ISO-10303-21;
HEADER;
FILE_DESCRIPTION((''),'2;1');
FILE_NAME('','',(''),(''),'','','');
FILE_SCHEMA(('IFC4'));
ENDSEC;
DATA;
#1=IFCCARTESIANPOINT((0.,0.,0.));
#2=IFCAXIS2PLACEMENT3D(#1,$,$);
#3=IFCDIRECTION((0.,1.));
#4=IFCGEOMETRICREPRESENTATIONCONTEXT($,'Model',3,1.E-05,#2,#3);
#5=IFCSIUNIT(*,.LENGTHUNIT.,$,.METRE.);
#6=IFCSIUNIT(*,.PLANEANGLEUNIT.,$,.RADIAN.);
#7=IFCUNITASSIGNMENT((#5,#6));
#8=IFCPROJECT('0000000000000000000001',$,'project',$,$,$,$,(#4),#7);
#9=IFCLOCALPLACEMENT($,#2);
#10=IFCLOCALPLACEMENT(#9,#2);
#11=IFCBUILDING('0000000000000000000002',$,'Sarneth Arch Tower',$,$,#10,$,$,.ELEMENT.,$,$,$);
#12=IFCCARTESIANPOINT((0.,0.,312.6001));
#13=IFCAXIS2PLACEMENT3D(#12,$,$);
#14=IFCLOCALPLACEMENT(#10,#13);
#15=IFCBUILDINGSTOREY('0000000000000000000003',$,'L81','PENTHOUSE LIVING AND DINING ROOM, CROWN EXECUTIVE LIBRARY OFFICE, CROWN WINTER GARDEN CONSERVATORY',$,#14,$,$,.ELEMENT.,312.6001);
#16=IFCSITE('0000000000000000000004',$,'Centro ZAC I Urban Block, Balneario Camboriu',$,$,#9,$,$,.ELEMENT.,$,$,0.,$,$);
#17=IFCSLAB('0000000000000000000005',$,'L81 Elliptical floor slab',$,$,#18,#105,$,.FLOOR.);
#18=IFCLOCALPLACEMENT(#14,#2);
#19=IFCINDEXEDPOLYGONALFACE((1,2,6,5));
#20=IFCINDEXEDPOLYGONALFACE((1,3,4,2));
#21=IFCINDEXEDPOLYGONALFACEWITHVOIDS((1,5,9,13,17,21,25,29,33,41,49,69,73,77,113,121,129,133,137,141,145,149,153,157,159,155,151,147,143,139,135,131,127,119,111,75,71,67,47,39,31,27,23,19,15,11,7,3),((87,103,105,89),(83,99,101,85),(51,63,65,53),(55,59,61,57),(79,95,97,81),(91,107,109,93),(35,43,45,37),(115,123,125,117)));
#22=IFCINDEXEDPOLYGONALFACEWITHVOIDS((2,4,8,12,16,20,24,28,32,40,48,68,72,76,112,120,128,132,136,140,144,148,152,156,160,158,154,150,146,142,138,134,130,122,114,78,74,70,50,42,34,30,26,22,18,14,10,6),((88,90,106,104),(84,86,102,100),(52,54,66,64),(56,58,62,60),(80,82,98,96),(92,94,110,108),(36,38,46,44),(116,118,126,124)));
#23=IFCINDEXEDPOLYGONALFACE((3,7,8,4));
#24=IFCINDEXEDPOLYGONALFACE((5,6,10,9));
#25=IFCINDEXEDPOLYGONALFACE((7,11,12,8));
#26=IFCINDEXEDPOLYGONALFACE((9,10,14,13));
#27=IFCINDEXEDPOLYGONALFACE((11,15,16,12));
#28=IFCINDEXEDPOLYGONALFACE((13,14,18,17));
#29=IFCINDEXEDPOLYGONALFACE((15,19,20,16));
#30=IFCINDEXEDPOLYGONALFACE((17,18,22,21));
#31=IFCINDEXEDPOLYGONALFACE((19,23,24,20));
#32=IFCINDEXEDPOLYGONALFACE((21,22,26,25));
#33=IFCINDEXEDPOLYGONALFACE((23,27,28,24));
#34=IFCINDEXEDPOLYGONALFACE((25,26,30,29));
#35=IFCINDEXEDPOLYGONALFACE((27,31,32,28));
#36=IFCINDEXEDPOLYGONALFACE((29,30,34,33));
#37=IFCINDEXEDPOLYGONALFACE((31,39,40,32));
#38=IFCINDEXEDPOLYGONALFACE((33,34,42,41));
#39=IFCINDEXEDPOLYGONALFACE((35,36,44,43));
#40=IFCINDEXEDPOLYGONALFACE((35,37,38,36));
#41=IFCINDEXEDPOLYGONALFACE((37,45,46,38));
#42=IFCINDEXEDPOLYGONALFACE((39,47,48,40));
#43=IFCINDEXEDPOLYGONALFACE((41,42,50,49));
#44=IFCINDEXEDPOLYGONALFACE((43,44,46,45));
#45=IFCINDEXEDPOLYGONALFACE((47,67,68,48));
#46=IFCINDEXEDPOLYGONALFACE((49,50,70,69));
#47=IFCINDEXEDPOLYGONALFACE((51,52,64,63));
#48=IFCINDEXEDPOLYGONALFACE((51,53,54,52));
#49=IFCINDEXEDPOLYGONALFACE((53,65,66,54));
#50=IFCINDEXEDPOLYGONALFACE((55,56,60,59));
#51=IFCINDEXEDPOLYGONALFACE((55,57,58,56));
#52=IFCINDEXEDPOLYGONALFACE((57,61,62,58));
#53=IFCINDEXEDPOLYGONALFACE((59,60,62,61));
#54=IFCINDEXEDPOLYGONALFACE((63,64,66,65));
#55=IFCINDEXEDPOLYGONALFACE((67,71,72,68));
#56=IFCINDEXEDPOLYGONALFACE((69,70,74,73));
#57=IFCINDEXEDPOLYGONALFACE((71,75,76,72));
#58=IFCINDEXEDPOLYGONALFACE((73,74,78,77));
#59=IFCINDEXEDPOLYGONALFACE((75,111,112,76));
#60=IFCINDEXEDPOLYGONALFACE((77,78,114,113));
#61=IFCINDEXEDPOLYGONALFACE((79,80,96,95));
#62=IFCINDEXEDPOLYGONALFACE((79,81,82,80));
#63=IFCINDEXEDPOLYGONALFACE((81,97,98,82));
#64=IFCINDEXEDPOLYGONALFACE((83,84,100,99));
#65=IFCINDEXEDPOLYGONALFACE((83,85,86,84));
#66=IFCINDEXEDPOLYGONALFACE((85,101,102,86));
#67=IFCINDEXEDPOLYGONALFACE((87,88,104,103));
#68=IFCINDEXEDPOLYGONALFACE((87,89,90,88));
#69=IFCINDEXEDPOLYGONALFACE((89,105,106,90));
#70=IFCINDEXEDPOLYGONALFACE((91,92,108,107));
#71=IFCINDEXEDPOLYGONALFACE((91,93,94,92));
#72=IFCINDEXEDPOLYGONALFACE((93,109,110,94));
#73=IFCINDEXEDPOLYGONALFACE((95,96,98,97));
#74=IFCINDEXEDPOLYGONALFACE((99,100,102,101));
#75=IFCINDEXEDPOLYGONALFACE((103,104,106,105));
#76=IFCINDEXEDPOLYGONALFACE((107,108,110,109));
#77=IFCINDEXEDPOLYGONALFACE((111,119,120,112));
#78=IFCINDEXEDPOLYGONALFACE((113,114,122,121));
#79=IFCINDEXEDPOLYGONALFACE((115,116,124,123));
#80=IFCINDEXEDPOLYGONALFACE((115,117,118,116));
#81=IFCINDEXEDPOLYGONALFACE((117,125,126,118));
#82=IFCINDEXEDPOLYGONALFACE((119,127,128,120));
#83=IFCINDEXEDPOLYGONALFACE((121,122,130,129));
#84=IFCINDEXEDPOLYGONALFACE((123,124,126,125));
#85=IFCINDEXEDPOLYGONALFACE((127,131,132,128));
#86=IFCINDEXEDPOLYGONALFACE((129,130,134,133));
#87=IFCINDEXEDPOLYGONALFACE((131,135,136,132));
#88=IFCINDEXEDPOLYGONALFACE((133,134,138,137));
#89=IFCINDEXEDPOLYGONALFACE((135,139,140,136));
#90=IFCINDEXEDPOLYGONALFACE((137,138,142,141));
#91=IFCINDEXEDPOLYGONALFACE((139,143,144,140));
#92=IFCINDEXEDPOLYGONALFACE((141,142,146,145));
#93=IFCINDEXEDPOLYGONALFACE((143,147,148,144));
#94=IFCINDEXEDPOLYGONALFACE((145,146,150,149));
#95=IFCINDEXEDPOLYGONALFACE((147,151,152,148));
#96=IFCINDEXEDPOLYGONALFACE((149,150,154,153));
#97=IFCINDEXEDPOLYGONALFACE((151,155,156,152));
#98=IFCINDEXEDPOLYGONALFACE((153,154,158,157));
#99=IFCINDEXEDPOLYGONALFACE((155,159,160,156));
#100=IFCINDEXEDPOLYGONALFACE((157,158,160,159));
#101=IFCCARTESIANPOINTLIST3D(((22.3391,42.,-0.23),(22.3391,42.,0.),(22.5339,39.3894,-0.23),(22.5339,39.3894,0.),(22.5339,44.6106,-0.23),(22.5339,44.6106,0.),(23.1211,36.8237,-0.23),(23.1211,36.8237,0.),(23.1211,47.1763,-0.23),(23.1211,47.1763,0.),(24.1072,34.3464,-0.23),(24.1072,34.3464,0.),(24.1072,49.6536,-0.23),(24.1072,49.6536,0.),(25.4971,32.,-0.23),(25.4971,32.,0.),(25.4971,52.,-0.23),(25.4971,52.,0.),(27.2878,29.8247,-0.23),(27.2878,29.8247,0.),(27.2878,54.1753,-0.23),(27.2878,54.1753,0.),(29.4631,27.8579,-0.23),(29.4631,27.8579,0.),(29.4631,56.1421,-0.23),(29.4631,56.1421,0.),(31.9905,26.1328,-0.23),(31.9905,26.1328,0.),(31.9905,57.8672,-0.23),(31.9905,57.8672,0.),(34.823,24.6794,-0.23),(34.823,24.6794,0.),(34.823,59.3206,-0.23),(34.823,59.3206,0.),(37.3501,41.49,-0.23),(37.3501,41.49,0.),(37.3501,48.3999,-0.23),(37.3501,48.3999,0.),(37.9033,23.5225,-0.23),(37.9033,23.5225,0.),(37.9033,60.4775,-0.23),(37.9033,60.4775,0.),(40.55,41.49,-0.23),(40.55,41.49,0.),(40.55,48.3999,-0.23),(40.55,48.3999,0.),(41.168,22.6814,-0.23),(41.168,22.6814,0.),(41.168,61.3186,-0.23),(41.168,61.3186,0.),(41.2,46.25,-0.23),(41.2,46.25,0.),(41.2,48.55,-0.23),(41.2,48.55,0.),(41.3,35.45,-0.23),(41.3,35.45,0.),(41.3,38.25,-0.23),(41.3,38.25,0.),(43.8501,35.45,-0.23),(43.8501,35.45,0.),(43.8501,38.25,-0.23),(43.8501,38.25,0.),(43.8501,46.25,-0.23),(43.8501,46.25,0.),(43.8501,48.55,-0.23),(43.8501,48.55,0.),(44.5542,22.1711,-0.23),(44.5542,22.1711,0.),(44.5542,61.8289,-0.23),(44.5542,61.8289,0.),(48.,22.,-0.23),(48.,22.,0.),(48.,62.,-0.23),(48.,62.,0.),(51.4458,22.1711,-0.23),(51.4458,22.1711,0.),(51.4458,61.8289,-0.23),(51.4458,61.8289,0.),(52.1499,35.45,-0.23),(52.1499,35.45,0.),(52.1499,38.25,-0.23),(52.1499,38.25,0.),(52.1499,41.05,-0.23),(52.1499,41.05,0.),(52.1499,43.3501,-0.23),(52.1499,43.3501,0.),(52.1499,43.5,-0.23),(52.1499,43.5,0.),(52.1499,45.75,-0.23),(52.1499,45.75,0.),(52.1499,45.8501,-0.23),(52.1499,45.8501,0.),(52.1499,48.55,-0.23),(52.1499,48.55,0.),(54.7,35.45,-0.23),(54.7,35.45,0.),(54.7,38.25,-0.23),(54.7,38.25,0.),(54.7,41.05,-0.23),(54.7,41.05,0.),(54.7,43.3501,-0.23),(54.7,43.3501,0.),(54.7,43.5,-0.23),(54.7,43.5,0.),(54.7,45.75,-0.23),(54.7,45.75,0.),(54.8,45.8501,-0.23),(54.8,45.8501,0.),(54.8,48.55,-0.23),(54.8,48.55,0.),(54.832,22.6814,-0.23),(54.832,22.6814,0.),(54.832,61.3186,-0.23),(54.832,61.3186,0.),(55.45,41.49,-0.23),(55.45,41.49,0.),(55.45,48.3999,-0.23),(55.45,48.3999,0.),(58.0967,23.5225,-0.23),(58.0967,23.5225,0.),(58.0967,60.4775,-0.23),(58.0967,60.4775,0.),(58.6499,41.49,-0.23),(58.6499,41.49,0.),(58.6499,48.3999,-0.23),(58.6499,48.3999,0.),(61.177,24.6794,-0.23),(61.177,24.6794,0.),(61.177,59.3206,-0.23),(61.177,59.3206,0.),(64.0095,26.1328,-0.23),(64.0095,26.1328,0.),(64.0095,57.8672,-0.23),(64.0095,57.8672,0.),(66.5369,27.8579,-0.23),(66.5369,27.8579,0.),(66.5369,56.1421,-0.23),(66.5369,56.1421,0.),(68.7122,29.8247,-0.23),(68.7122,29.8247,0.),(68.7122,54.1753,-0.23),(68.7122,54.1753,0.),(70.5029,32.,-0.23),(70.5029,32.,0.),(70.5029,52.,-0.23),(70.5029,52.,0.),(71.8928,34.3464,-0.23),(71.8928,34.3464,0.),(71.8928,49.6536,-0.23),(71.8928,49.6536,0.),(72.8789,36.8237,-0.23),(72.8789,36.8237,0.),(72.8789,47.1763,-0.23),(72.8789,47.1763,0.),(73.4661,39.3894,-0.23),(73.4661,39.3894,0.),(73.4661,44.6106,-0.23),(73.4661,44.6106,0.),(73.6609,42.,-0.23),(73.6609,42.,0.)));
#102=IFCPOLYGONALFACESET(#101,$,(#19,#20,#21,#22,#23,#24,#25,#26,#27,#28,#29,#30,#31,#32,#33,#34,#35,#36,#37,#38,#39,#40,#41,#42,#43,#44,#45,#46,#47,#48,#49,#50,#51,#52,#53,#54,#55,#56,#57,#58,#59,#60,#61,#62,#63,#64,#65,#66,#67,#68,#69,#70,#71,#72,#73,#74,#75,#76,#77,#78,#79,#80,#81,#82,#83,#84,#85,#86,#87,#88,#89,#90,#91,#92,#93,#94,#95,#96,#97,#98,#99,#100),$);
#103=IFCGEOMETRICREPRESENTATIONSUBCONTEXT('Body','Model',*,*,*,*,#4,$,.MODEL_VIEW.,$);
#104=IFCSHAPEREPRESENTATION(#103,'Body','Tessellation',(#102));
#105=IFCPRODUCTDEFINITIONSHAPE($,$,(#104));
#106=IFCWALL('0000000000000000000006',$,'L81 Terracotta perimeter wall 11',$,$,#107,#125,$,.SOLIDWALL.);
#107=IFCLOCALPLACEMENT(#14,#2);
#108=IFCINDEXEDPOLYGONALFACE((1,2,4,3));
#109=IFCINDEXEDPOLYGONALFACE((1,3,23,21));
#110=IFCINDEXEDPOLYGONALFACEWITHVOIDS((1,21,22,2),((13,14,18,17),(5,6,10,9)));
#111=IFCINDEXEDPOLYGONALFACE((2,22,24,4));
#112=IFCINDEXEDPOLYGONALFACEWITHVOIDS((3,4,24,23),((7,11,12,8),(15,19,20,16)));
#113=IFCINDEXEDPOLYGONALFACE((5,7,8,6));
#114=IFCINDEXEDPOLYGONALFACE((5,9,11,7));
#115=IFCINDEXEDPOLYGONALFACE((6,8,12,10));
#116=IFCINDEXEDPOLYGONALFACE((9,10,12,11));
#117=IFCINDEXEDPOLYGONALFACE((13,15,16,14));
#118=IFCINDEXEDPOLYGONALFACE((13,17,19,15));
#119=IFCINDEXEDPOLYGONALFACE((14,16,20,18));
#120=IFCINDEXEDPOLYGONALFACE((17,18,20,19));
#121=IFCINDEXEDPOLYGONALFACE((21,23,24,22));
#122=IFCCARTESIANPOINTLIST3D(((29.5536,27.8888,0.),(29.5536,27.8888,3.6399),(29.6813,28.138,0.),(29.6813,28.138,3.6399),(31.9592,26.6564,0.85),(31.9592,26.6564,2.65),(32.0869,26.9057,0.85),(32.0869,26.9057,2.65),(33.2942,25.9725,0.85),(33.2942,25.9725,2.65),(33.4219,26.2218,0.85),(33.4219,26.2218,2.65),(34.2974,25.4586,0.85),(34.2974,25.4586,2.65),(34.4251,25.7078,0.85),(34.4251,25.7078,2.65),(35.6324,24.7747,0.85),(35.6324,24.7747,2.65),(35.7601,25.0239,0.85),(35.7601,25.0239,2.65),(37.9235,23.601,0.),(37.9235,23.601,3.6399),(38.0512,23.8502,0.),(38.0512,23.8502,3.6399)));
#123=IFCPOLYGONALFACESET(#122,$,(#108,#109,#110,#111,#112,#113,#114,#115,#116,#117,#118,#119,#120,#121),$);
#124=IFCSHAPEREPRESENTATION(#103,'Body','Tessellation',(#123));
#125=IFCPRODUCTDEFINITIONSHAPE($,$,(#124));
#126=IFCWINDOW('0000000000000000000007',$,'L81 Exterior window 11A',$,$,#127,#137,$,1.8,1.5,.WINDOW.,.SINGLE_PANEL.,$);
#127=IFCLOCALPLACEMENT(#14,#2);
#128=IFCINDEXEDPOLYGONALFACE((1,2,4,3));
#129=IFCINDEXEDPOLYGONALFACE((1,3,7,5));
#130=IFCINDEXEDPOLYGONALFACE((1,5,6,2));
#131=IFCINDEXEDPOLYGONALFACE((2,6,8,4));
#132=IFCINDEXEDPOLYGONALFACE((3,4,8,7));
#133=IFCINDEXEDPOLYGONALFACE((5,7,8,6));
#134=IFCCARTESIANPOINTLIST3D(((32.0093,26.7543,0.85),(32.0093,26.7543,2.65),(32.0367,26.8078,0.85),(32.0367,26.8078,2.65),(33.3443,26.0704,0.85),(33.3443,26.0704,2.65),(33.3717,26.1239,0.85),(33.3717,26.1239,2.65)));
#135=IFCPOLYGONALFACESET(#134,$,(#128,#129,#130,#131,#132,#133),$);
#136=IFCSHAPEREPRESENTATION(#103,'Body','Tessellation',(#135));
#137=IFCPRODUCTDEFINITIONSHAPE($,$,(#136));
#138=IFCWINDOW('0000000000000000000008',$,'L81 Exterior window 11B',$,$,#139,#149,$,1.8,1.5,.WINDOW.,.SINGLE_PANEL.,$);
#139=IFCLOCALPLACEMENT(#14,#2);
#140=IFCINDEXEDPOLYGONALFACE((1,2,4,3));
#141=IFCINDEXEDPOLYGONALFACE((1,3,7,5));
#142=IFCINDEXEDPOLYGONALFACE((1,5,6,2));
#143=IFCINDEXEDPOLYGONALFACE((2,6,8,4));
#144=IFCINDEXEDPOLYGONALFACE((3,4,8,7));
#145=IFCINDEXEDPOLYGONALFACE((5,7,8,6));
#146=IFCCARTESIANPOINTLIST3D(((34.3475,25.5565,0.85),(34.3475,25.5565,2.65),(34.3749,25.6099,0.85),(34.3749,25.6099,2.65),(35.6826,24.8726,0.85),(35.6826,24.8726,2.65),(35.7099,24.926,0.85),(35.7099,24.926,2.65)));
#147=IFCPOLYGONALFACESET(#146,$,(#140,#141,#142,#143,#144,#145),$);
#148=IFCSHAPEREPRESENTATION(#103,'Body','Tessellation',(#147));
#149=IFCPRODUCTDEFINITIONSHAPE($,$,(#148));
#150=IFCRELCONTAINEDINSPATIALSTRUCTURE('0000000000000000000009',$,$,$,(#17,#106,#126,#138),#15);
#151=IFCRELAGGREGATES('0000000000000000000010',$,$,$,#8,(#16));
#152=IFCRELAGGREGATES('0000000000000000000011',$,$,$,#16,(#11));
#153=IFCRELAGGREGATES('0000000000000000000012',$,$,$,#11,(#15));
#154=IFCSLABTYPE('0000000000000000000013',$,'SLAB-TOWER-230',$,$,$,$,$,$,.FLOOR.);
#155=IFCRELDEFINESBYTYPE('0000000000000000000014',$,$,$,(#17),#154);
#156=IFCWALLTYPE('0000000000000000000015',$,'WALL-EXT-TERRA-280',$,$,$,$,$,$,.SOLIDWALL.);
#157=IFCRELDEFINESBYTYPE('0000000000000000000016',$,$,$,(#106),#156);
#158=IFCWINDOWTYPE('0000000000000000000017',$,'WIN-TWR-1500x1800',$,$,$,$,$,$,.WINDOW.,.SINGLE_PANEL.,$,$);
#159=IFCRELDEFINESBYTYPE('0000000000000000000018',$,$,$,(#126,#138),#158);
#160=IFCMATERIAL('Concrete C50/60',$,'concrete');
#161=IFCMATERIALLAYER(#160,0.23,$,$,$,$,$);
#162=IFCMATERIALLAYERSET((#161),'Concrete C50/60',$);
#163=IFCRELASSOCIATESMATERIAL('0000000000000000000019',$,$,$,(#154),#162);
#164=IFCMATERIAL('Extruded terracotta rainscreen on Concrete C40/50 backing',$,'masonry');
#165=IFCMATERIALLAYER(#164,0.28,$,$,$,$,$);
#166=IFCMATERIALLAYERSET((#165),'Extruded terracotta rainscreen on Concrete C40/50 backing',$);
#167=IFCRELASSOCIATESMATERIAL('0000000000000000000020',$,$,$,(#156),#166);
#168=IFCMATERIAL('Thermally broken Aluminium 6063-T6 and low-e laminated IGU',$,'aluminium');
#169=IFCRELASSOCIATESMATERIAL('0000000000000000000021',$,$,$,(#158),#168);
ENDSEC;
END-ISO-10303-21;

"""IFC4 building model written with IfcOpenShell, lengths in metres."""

from ifc_helpers import new_model, si_unit, direction, frame, frame_2d, origin, place, context, subcontext, project, spatial, polyline, rectangle, outline, extrude, material, layer, layer_set, type_object, element, fill, save


model = new_model("IFC4")

# Units and contexts
model_context = context("Model", 3, precision=1e-05, world=origin(), true_north=direction((0.0, 1.0)))
body_context = subcontext(model_context, "Body", "Model", "MODEL_VIEW")
ifc_project = project(units=[si_unit("LENGTHUNIT", "METRE"), si_unit("PLANEANGLEUNIT", "RADIAN")], contexts=[model_context])

# Site, building, storey
site_placement = place(None, origin())
site = spatial("IfcSite", under=ifc_project, at=site_placement, Name="Centro ZAC I Urban Block, Balneario Camboriu", CompositionType="ELEMENT", RefElevation=0.0)
building_placement = place(site_placement, origin())
building = spatial("IfcBuilding", under=site, at=building_placement, Name="Sarneth Arch Tower", CompositionType="ELEMENT")
storey_placement = place(building_placement, frame((0.0, 0.0, 312.6001)))
storey = spatial("IfcBuildingStorey", under=building, at=storey_placement, Name="L81", Description="PENTHOUSE LIVING AND DINING ROOM, CROWN EXECUTIVE LIBRARY OFFICE, CROWN WINTER GARDEN CONSERVATORY", CompositionType="ELEMENT", Elevation=312.6001)

# Slab
ifc_material_1 = material(Name="Concrete C50/60", Category="concrete")
ifc_layer_1 = layer(ifc_material_1, 0.23)
ifc_layer_set_1 = layer_set([ifc_layer_1], Name="Concrete C50/60")
slab_type_1 = type_object("IfcSlabType", Name="SLAB-TOWER-230", PredefinedType="FLOOR", material=ifc_layer_set_1)
slab_1_placement = place(storey_placement, frame((0.0, 0.0, -0.23)))
element("IfcSlab", 1, at=slab_1_placement, inside=storey, type_object=slab_type_1, Name="L81 Elliptical floor slab", PredefinedType="FLOOR", context=body_context, shape_type="SweptSolid", body=[
    extrude(outline(polyline([(73.6609, 42.0), (73.4661, 44.6106), (72.8789, 47.1763), (71.8928, 49.6536), (70.5029, 52.0), (68.7122, 54.1753), (66.5369, 56.1421), (64.0095, 57.8672), (61.177, 59.3206), (58.0967, 60.4775), (54.832, 61.3186), (51.4458, 61.8289), (48.0, 62.0), (44.5542, 61.8289), (41.168, 61.3186), (37.9033, 60.4775), (34.823, 59.3206), (31.9905, 57.8672), (29.4631, 56.1421), (27.2878, 54.1753), (25.4971, 52.0), (24.1072, 49.6536), (23.1211, 47.1763), (22.5339, 44.6106), (22.3391, 42.0), (22.5339, 39.3894), (23.1211, 36.8237), (24.1072, 34.3464), (25.4971, 32.0), (27.2878, 29.8247), (29.4631, 27.8579), (31.9905, 26.1328), (34.823, 24.6794), (37.9033, 23.5225), (41.168, 22.6814), (44.5542, 22.1711), (48.0, 22.0), (51.4458, 22.1711), (54.832, 22.6814), (58.0967, 23.5225), (61.177, 24.6794), (64.0095, 26.1328), (66.5369, 27.8579), (68.7122, 29.8247), (70.5029, 32.0), (71.8928, 34.3464), (72.8789, 36.8237), (73.4661, 39.3894), (73.6609, 42.0)]), holes=[polyline([(37.3501, 41.49), (40.55, 41.49), (40.55, 48.3999), (37.3501, 48.3999), (37.3501, 41.49)]), polyline([(55.45, 41.49), (58.6499, 41.49), (58.6499, 48.3999), (55.45, 48.3999), (55.45, 41.49)]), polyline([(41.2, 46.25), (43.8501, 46.25), (43.8501, 48.55), (41.2, 48.55), (41.2, 46.25)]), polyline([(41.3, 35.45), (43.8501, 35.45), (43.8501, 38.25), (41.3, 38.25), (41.3, 35.45)]), polyline([(52.1499, 35.45), (54.7, 35.45), (54.7, 38.25), (52.1499, 38.25), (52.1499, 35.45)]), polyline([(52.1499, 45.8501), (54.8, 45.8501), (54.8, 48.55), (52.1499, 48.55), (52.1499, 45.8501)]), polyline([(52.1499, 41.05), (54.7, 41.05), (54.7, 43.3501), (52.1499, 43.3501), (52.1499, 41.05)]), polyline([(52.1499, 43.5), (54.7, 43.5), (54.7, 45.75), (52.1499, 45.75), (52.1499, 43.5)])]), origin(), (0.0, 0.0, 1.0), 0.23),
])

# Wall, openings, windows
ifc_material_2 = material(Name="Extruded terracotta rainscreen on Concrete C40/50 backing", Category="masonry")
ifc_layer_2 = layer(ifc_material_2, 0.28)
ifc_layer_set_2 = layer_set([ifc_layer_2], Name="Extruded terracotta rainscreen on Concrete C40/50 backing")
wall_type = type_object("IfcWallType", Name="WALL-EXT-TERRA-280", PredefinedType="SOLIDWALL", material=ifc_layer_set_2)
wall_placement = place(storey_placement, frame((29.6174, 28.0134, 0.0), z_axis=(0.0, 0.0, 1.0), x_axis=(0.890007, -0.455946, 0.0)))
wall = element("IfcWall", 2, at=wall_placement, inside=storey, type_object=wall_type, Name="L81 Terracotta perimeter wall 11", PredefinedType="SOLIDWALL", context=body_context, shape_type="SweptSolid", body=[
    extrude(rectangle(XDim=9.4043, YDim=0.28, at=frame_2d((4.7021, 0.0))), origin(), (0.0, 0.0, 1.0), 3.6399),
])
opening_1_placement = place(wall_placement, frame((2.7029, 0.0, 0.8501)))
opening_1 = element("IfcOpeningElement", 3, at=opening_1_placement, cuts=wall, PredefinedType="OPENING", context=body_context, shape_type="SweptSolid", body=[
    extrude(rectangle(XDim=1.5, YDim=1.8, at=frame_2d((0.75, 0.8999))), frame((0.0, 0.1499, 0.0), z_axis=(0.0, -1.0, 0.0), x_axis=(1.0, 0.0, 0.0)), (0.0, 0.0, 1.0), 0.3),
])
opening_2_placement = place(wall_placement, frame((5.3301, 0.0, 0.8501)))
opening_2 = element("IfcOpeningElement", 4, at=opening_2_placement, cuts=wall, PredefinedType="OPENING", context=body_context, shape_type="SweptSolid", body=[
    extrude(rectangle(XDim=1.5, YDim=1.8, at=frame_2d((0.75, 0.8999))), frame((0.0, 0.1499, 0.0), z_axis=(0.0, -1.0, 0.0), x_axis=(1.0, 0.0, 0.0)), (0.0, 0.0, 1.0), 0.3),
])
ifc_material_3 = material(Name="Thermally broken Aluminium 6063-T6 and low-e laminated IGU", Category="aluminium")
window_type = type_object("IfcWindowType", Name="WIN-TWR-1500x1800", PartitioningType="SINGLE_PANEL", PredefinedType="WINDOW", material=ifc_material_3)
window_1_placement = place(opening_1_placement, origin())
window_1 = element("IfcWindow", 5, at=window_1_placement, inside=storey, type_object=window_type, Name="L81 Exterior window 11A", OverallHeight=1.8, OverallWidth=1.5, PartitioningType="SINGLE_PANEL", PredefinedType="WINDOW", context=body_context, shape_type="SweptSolid", body=[
    extrude(rectangle(XDim=1.5, YDim=1.8, at=frame_2d((0.75, 0.8999))), frame((0.0, 0.03, 0.0), z_axis=(0.0, -1.0, 0.0), x_axis=(1.0, 0.0, 0.0)), (0.0, 0.0, 1.0), 0.0601),
])
fill(opening_1, window_1)
window_2_placement = place(opening_2_placement, origin())
window_2 = element("IfcWindow", 6, at=window_2_placement, inside=storey, type_object=window_type, Name="L81 Exterior window 11B", OverallHeight=1.8, OverallWidth=1.5, PartitioningType="SINGLE_PANEL", PredefinedType="WINDOW", context=body_context, shape_type="SweptSolid", body=[
    extrude(rectangle(XDim=1.5, YDim=1.8, at=frame_2d((0.75, 0.8999))), frame((0.0, 0.03, 0.0), z_axis=(0.0, -1.0, 0.0), x_axis=(1.0, 0.0, 0.0)), (0.0, 0.0, 1.0), 0.0601),
])
fill(opening_2, window_2)

save(model, "model.ifc")
